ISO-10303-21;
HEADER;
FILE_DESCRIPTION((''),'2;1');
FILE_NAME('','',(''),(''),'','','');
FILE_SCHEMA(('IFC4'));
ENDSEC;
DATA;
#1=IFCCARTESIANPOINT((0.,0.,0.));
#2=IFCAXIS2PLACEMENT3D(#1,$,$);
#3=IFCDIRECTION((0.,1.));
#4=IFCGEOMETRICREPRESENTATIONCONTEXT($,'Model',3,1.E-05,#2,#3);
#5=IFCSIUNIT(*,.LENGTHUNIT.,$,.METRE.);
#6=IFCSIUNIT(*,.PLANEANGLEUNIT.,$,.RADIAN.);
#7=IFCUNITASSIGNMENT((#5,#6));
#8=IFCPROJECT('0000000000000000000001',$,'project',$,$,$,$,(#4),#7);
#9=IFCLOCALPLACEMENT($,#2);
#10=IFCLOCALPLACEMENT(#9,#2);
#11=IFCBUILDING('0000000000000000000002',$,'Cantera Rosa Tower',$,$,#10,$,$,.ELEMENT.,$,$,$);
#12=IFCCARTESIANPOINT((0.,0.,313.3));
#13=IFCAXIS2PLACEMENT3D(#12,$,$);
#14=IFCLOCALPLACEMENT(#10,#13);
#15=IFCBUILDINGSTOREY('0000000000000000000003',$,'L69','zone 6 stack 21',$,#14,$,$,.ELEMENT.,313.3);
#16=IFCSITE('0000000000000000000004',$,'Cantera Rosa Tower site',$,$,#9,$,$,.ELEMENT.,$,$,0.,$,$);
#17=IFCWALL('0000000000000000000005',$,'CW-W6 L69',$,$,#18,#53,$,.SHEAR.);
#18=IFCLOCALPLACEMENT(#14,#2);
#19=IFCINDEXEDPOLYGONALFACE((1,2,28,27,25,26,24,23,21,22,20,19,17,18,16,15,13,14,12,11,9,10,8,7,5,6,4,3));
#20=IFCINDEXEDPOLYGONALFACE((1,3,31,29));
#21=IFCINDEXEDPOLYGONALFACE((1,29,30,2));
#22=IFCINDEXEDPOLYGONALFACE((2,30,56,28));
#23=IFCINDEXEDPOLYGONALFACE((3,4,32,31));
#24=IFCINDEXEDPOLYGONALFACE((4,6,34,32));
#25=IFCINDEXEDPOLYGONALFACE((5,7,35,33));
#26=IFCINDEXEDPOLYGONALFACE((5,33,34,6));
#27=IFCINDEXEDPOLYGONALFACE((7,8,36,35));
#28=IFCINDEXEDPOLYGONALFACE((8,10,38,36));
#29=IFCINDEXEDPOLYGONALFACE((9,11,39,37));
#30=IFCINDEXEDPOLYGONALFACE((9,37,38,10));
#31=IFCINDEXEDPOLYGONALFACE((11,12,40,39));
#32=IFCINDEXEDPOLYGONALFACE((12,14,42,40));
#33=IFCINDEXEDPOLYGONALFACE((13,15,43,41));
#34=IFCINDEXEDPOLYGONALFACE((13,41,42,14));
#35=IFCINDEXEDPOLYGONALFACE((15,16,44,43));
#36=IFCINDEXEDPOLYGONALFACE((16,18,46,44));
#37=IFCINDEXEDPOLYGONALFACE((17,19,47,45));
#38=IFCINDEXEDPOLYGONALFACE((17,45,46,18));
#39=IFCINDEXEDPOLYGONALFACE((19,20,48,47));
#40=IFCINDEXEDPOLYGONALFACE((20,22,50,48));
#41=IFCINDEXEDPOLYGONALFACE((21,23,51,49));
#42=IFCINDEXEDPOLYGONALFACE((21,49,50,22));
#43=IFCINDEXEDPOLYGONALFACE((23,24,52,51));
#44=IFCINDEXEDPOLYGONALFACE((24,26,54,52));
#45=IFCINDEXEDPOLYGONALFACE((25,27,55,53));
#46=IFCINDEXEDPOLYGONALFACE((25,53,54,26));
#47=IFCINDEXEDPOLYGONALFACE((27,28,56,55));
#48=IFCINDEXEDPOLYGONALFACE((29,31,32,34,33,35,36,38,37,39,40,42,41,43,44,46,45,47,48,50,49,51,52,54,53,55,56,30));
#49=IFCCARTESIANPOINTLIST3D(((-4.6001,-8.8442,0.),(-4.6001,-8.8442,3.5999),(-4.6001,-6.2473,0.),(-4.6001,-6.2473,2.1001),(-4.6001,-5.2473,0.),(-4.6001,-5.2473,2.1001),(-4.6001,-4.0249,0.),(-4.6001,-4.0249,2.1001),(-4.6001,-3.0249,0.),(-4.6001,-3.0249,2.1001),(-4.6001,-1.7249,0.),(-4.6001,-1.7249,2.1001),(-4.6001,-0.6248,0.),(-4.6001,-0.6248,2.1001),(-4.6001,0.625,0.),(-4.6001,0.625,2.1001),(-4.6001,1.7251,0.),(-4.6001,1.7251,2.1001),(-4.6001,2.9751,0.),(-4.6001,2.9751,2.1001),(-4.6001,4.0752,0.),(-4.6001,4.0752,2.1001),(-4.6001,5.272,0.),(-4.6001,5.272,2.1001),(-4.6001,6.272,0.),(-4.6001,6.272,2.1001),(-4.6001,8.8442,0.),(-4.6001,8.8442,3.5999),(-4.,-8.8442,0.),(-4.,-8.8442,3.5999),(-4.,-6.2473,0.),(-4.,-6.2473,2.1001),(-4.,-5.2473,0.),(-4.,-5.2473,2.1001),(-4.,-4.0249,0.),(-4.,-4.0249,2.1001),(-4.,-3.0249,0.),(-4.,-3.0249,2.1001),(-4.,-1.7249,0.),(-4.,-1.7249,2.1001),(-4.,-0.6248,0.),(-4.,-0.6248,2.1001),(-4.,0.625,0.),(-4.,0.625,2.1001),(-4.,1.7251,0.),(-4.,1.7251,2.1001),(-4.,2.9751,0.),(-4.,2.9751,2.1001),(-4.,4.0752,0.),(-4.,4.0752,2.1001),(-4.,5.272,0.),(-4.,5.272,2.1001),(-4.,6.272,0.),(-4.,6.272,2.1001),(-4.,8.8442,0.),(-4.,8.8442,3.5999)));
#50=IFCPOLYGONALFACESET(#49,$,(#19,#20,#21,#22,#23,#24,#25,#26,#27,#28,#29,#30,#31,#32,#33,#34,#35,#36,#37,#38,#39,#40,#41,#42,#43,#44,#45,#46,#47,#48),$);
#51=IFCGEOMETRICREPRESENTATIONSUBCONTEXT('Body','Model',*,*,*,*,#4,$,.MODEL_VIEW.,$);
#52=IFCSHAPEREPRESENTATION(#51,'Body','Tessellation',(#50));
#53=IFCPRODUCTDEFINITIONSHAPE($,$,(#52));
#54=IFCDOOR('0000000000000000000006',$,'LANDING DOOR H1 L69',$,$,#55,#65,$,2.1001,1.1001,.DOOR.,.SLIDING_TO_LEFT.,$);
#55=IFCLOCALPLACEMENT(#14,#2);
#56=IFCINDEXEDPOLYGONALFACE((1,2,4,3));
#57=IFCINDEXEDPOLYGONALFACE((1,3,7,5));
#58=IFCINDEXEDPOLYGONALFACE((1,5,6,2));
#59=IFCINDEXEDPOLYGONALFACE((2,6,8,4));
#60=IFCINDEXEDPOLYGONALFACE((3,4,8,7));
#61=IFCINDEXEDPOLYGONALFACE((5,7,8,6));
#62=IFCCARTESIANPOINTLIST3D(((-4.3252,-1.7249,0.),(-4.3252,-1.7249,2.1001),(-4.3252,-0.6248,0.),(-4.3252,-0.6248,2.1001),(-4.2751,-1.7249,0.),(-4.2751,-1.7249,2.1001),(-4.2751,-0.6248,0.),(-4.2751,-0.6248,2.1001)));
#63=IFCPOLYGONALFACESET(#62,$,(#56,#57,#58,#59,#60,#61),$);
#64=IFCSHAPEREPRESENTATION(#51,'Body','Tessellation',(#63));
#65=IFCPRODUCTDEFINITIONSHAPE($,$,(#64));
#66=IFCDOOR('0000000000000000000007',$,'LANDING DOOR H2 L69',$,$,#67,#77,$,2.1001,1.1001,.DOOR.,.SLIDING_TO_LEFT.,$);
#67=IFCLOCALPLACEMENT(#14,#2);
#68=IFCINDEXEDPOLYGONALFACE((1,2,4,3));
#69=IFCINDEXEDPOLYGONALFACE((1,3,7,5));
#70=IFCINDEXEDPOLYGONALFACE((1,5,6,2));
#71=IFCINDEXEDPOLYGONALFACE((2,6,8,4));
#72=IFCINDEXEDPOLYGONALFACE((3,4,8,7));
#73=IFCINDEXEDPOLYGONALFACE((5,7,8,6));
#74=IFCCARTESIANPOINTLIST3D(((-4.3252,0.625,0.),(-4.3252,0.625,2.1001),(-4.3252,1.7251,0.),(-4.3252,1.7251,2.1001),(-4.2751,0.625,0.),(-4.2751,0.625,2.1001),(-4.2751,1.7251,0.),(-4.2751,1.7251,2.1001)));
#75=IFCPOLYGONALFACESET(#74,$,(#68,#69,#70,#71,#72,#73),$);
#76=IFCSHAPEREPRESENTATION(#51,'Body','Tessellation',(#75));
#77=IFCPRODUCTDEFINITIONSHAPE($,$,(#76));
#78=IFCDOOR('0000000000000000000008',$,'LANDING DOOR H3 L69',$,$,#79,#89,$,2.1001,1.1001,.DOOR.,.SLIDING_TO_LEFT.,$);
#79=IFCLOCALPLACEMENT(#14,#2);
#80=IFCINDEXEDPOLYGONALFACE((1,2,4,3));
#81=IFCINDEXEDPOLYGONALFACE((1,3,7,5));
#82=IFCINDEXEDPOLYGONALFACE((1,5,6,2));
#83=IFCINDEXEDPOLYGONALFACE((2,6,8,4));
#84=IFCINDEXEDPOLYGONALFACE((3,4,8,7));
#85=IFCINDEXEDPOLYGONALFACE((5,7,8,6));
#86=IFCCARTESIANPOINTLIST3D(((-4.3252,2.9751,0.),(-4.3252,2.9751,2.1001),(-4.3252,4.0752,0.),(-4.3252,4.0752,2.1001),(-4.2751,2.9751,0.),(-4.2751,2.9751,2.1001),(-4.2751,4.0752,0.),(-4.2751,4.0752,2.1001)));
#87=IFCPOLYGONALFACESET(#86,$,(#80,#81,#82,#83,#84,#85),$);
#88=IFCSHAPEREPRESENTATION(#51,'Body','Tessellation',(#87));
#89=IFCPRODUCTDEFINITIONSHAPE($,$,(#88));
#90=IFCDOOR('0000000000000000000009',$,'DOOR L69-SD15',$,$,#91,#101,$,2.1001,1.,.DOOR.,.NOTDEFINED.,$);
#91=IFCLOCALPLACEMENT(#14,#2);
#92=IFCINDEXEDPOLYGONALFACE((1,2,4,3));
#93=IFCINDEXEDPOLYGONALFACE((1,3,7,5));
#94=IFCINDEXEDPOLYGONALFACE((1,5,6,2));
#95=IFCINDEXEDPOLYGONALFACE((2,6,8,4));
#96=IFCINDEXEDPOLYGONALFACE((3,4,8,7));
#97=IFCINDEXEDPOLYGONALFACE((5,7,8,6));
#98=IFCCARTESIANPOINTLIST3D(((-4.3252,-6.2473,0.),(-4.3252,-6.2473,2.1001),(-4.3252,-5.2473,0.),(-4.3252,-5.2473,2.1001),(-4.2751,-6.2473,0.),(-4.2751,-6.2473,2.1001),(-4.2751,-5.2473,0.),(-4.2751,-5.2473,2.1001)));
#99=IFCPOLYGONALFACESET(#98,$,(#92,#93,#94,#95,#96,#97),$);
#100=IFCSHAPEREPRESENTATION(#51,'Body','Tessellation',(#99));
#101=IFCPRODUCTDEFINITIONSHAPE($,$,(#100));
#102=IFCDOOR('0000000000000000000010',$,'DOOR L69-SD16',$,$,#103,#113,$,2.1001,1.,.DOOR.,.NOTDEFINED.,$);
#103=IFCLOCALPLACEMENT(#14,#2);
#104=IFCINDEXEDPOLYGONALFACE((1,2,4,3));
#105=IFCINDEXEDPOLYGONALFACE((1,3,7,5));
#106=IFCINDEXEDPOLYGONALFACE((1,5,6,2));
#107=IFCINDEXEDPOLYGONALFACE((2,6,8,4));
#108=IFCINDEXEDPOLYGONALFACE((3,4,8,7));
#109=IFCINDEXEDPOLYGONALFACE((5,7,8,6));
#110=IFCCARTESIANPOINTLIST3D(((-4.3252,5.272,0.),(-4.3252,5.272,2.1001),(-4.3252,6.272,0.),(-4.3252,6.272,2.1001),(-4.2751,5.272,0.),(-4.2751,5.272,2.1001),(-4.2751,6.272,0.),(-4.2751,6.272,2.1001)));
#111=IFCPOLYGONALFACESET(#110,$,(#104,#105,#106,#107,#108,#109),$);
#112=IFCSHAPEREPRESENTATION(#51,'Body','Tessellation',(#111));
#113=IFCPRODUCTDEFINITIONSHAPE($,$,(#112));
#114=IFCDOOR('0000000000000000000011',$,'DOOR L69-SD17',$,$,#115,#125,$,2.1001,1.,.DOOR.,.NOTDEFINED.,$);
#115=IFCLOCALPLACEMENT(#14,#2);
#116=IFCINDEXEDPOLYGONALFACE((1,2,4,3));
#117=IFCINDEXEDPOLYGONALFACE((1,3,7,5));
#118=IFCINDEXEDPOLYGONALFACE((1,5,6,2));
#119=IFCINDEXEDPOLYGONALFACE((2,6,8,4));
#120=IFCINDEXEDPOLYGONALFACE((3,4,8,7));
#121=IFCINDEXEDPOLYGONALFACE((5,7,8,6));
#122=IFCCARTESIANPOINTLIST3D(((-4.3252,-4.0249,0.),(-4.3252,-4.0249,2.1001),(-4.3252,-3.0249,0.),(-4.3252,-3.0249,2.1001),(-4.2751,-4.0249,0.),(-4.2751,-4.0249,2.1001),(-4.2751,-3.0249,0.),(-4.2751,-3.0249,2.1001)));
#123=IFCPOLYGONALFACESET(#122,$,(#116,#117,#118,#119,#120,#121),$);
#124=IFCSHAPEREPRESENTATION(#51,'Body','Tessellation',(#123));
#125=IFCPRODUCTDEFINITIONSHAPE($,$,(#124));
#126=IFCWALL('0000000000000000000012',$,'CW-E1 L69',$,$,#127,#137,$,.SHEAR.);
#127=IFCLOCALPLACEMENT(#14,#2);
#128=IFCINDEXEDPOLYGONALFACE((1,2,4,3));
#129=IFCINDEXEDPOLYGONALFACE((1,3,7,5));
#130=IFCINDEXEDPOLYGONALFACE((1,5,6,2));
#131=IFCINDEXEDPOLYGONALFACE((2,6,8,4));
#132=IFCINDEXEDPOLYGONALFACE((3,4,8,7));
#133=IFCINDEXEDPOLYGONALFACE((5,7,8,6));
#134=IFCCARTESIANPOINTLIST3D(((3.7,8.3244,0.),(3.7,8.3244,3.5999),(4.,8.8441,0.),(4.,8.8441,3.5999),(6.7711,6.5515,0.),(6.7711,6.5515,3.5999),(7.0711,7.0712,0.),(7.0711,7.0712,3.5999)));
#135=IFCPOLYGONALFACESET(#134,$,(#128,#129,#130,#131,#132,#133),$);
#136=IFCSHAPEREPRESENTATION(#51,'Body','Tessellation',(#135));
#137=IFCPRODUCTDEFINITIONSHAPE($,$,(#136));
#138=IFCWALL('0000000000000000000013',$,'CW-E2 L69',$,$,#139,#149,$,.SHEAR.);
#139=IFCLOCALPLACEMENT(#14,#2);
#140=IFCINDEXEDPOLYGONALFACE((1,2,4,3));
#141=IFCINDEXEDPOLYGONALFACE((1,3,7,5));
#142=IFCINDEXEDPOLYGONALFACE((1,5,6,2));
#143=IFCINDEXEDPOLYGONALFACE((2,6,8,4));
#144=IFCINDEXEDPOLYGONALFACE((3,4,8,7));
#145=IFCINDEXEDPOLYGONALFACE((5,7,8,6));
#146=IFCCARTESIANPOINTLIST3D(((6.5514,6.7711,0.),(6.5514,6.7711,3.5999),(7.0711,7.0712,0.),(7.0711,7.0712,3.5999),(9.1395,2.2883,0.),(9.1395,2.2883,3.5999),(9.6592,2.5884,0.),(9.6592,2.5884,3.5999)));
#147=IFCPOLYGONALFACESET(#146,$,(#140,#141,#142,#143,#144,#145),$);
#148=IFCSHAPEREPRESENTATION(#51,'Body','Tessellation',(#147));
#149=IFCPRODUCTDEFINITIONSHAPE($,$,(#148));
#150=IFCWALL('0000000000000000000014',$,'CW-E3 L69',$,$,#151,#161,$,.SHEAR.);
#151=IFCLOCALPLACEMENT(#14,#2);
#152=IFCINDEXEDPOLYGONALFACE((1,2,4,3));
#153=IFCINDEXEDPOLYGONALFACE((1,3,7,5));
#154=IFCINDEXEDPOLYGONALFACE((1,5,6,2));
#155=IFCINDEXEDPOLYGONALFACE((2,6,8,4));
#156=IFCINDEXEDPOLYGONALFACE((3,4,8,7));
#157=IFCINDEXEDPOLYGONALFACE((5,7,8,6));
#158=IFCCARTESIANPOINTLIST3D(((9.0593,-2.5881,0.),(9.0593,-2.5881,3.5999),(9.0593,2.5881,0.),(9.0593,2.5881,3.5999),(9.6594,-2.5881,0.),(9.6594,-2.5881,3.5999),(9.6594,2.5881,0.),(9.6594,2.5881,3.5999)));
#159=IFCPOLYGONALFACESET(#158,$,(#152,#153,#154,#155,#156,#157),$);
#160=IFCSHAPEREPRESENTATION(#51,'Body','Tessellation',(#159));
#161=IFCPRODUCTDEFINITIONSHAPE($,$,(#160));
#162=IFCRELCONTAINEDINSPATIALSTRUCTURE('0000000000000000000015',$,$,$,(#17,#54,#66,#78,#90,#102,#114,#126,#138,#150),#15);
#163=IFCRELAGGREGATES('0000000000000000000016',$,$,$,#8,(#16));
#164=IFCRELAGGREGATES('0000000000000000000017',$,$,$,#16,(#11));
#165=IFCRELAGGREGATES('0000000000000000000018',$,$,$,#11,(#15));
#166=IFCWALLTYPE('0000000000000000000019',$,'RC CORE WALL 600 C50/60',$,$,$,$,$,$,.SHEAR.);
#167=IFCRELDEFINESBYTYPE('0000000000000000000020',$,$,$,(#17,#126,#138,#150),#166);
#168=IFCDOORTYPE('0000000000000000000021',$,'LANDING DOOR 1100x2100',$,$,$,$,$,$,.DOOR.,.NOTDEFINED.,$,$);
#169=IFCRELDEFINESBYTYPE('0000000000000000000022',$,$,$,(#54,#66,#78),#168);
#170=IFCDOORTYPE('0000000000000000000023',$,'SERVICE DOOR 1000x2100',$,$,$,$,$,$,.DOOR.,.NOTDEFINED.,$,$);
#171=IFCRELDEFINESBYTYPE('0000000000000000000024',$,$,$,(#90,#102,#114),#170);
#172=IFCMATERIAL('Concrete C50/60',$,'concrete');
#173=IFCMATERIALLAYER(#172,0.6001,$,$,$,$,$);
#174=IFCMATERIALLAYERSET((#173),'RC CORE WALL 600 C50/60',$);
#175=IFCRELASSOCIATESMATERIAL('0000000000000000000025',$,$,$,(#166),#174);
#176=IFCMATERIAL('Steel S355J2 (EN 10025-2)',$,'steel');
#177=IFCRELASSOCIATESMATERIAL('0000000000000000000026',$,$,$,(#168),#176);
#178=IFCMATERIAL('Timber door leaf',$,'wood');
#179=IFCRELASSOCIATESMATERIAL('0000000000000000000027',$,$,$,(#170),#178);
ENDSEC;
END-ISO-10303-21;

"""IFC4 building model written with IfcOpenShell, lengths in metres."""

from ifc_helpers import new_model, si_unit, direction, frame, frame_2d, origin, place, context, subcontext, project, spatial, rectangle, extrude, material, layer, layer_set, type_object, element, fill, save


model = new_model("IFC4")

# Units and contexts
model_context = context("Model", 3, precision=1e-05, world=origin(), true_north=direction((0.0, 1.0)))
body_context = subcontext(model_context, "Body", "Model", "MODEL_VIEW")
ifc_project = project(units=[si_unit("LENGTHUNIT", "METRE"), si_unit("PLANEANGLEUNIT", "RADIAN")], contexts=[model_context])

# Site, building, storey
site_placement = place(None, origin())
site = spatial("IfcSite", under=ifc_project, at=site_placement, Name="Cantera Rosa Tower site", CompositionType="ELEMENT", RefElevation=0.0)
building_placement = place(site_placement, origin())
building = spatial("IfcBuilding", under=site, at=building_placement, Name="Cantera Rosa Tower", CompositionType="ELEMENT")
storey_placement = place(building_placement, frame((0.0, 0.0, 313.3)))
storey = spatial("IfcBuildingStorey", under=building, at=storey_placement, Name="L69", Description="zone 6 stack 21", CompositionType="ELEMENT", Elevation=313.3)

# Wall, openings, doors
ifc_material_1 = material(Name="Concrete C50/60", Category="concrete")
ifc_layer_1 = layer(ifc_material_1, 0.6001)
ifc_layer_set_1 = layer_set([ifc_layer_1], Name="RC CORE WALL 600 C50/60")
wall_type_1 = type_object("IfcWallType", Name="RC CORE WALL 600 C50/60", PredefinedType="SHEAR", material=ifc_layer_set_1)
wall_1_placement = place(storey_placement, frame((-4.3, 8.8442, 0.0), z_axis=(0.0, 0.0, 1.0), x_axis=(0.0, -1.0, 0.0)))
wall_1 = element("IfcWall", 1, at=wall_1_placement, inside=storey, type_object=wall_type_1, Name="CW-W6 L69", PredefinedType="SHEAR", context=body_context, shape_type="SweptSolid", body=[
    extrude(rectangle(XDim=17.6885, YDim=0.6001, at=frame_2d((8.8442, 0.0))), origin(), (0.0, 0.0, 1.0), 3.5999),
])
opening_1_placement = place(wall_1_placement, frame((9.469, 0.0, 0.0)))
opening_1 = element("IfcOpeningElement", 2, at=opening_1_placement, cuts=wall_1, PredefinedType="OPENING", context=body_context, shape_type="SweptSolid", body=[
    extrude(rectangle(XDim=1.1001, YDim=2.1001, at=frame_2d((0.55, 1.05))), frame((0.0, 0.3101, 0.0), z_axis=(0.0, -1.0, 0.0), x_axis=(1.0, 0.0, 0.0)), (0.0, 0.0, 1.0), 0.6201),
])
opening_2_placement = place(wall_1_placement, frame((7.1191, 0.0, 0.0)))
opening_2 = element("IfcOpeningElement", 3, at=opening_2_placement, cuts=wall_1, PredefinedType="OPENING", context=body_context, shape_type="SweptSolid", body=[
    extrude(rectangle(XDim=1.1001, YDim=2.1001, at=frame_2d((0.55, 1.05))), frame((0.0, 0.3101, 0.0), z_axis=(0.0, -1.0, 0.0), x_axis=(1.0, 0.0, 0.0)), (0.0, 0.0, 1.0), 0.6201),
])
opening_3_placement = place(wall_1_placement, frame((4.769, 0.0, 0.0)))
opening_3 = element("IfcOpeningElement", 4, at=opening_3_placement, cuts=wall_1, PredefinedType="OPENING", context=body_context, shape_type="SweptSolid", body=[
    extrude(rectangle(XDim=1.1001, YDim=2.1001, at=frame_2d((0.55, 1.05))), frame((0.0, 0.3101, 0.0), z_axis=(0.0, -1.0, 0.0), x_axis=(1.0, 0.0, 0.0)), (0.0, 0.0, 1.0), 0.6201),
])
opening_4_placement = place(wall_1_placement, frame((14.0916, 0.0, 0.0)))
opening_4 = element("IfcOpeningElement", 5, at=opening_4_placement, cuts=wall_1, PredefinedType="OPENING", context=body_context, shape_type="SweptSolid", body=[
    extrude(rectangle(XDim=1.0, YDim=2.1001, at=frame_2d((0.5, 1.05))), frame((0.0, 0.3101, 0.0), z_axis=(0.0, -1.0, 0.0), x_axis=(1.0, 0.0, 0.0)), (0.0, 0.0, 1.0), 0.6201),
])
opening_5_placement = place(wall_1_placement, frame((2.5723, 0.0, 0.0)))
opening_5 = element("IfcOpeningElement", 6, at=opening_5_placement, cuts=wall_1, PredefinedType="OPENING", context=body_context, shape_type="SweptSolid", body=[
    extrude(rectangle(XDim=1.0, YDim=2.1001, at=frame_2d((0.5, 1.05))), frame((0.0, 0.3101, 0.0), z_axis=(0.0, -1.0, 0.0), x_axis=(1.0, 0.0, 0.0)), (0.0, 0.0, 1.0), 0.6201),
])
opening_6_placement = place(wall_1_placement, frame((11.8691, 0.0, 0.0)))
opening_6 = element("IfcOpeningElement", 7, at=opening_6_placement, cuts=wall_1, PredefinedType="OPENING", context=body_context, shape_type="SweptSolid", body=[
    extrude(rectangle(XDim=1.0, YDim=2.1001, at=frame_2d((0.5, 1.05))), frame((0.0, 0.3101, 0.0), z_axis=(0.0, -1.0, 0.0), x_axis=(1.0, 0.0, 0.0)), (0.0, 0.0, 1.0), 0.6201),
])
ifc_material_2 = material(Name="Steel S355J2 (EN 10025-2)", Category="steel")
door_type_1 = type_object("IfcDoorType", Name="LANDING DOOR 1100x2100", OperationType="NOTDEFINED", PredefinedType="DOOR", material=ifc_material_2)
door_1_placement = place(opening_1_placement, origin())
door_1 = element("IfcDoor", 8, at=door_1_placement, inside=storey, type_object=door_type_1, Name="LANDING DOOR H1 L69", OperationType="SLIDING_TO_LEFT", OverallHeight=2.1001, OverallWidth=1.1001, PredefinedType="DOOR", context=body_context, shape_type="SweptSolid", body=[
    extrude(rectangle(XDim=1.1001, YDim=2.1001, at=frame_2d((0.55, 1.05))), frame((0.0, 0.0249, 0.0), z_axis=(0.0, -1.0, 0.0), x_axis=(1.0, 0.0, 0.0)), (0.0, 0.0, 1.0), 0.05),
])
fill(opening_1, door_1)
door_2_placement = place(opening_2_placement, origin())
door_2 = element("IfcDoor", 9, at=door_2_placement, inside=storey, type_object=door_type_1, Name="LANDING DOOR H2 L69", OperationType="SLIDING_TO_LEFT", OverallHeight=2.1001, OverallWidth=1.1001, PredefinedType="DOOR", context=body_context, shape_type="SweptSolid", body=[
    extrude(rectangle(XDim=1.1001, YDim=2.1001, at=frame_2d((0.55, 1.05))), frame((0.0, 0.0249, 0.0), z_axis=(0.0, -1.0, 0.0), x_axis=(1.0, 0.0, 0.0)), (0.0, 0.0, 1.0), 0.05),
])
fill(opening_2, door_2)
door_3_placement = place(opening_3_placement, origin())
door_3 = element("IfcDoor", 10, at=door_3_placement, inside=storey, type_object=door_type_1, Name="LANDING DOOR H3 L69", OperationType="SLIDING_TO_LEFT", OverallHeight=2.1001, OverallWidth=1.1001, PredefinedType="DOOR", context=body_context, shape_type="SweptSolid", body=[
    extrude(rectangle(XDim=1.1001, YDim=2.1001, at=frame_2d((0.55, 1.05))), frame((0.0, 0.0249, 0.0), z_axis=(0.0, -1.0, 0.0), x_axis=(1.0, 0.0, 0.0)), (0.0, 0.0, 1.0), 0.05),
])
fill(opening_3, door_3)
ifc_material_3 = material(Name="Timber door leaf", Category="wood")
door_type_2 = type_object("IfcDoorType", Name="SERVICE DOOR 1000x2100", OperationType="NOTDEFINED", PredefinedType="DOOR", material=ifc_material_3)
door_4_placement = place(opening_4_placement, origin())
door_4 = element("IfcDoor", 11, at=door_4_placement, inside=storey, type_object=door_type_2, Name="DOOR L69-SD15", OperationType="NOTDEFINED", OverallHeight=2.1001, OverallWidth=1.0, PredefinedType="DOOR", context=body_context, shape_type="SweptSolid", body=[
    extrude(rectangle(XDim=1.0, YDim=2.1001, at=frame_2d((0.5, 1.05))), frame((0.0, 0.0249, 0.0), z_axis=(0.0, -1.0, 0.0), x_axis=(1.0, 0.0, 0.0)), (0.0, 0.0, 1.0), 0.05),
])
fill(opening_4, door_4)
door_5_placement = place(opening_5_placement, origin())
door_5 = element("IfcDoor", 12, at=door_5_placement, inside=storey, type_object=door_type_2, Name="DOOR L69-SD16", OperationType="NOTDEFINED", OverallHeight=2.1001, OverallWidth=1.0, PredefinedType="DOOR", context=body_context, shape_type="SweptSolid", body=[
    extrude(rectangle(XDim=1.0, YDim=2.1001, at=frame_2d((0.5, 1.05))), frame((0.0, 0.0249, 0.0), z_axis=(0.0, -1.0, 0.0), x_axis=(1.0, 0.0, 0.0)), (0.0, 0.0, 1.0), 0.05),
])
fill(opening_5, door_5)
door_6_placement = place(opening_6_placement, origin())
door_6 = element("IfcDoor", 13, at=door_6_placement, inside=storey, type_object=door_type_2, Name="DOOR L69-SD17", OperationType="NOTDEFINED", OverallHeight=2.1001, OverallWidth=1.0, PredefinedType="DOOR", context=body_context, shape_type="SweptSolid", body=[
    extrude(rectangle(XDim=1.0, YDim=2.1001, at=frame_2d((0.5, 1.05))), frame((0.0, 0.0249, 0.0), z_axis=(0.0, -1.0, 0.0), x_axis=(1.0, 0.0, 0.0)), (0.0, 0.0, 1.0), 0.05),
])
fill(opening_6, door_6)

# Walls
wall_2_placement = place(storey_placement, frame((3.8501, 8.5842, 0.0), z_axis=(0.0, 0.0, 1.0), x_axis=(0.86604, -0.499975, 0.0)))
element("IfcWall", 14, at=wall_2_placement, inside=storey, type_object=wall_type_1, Name="CW-E1 L69", PredefinedType="SHEAR", context=body_context, shape_type="SweptSolid", body=[
    extrude(rectangle(XDim=3.5461, YDim=0.6001, at=frame_2d((1.7729, 0.0))), origin(), (0.0, 0.0, 1.0), 3.5999),
])
for number, where, z_axis, x_axis, name in (
    (15, (6.8113, 6.9211, 0.0), (0.0, 0.0, 1.0), (0.499989, -0.866032, 0.0), "CW-E2 L69"),
    (16, (9.3594, 2.5881, 0.0), (0.0, 0.0, 1.0), (0.0, -1.0, 0.0), "CW-E3 L69"),
):
    element("IfcWall", number, at=place(storey_placement, frame(where, z_axis=z_axis, x_axis=x_axis)), inside=storey, type_object=wall_type_1, Name=name, PredefinedType="SHEAR", context=body_context, shape_type="SweptSolid", body=[
        extrude(rectangle(XDim=5.1763, YDim=0.6001, at=frame_2d((2.5881, 0.0))), origin(), (0.0, 0.0, 1.0), 3.5999),
    ])

save(model, "model.ifc")
